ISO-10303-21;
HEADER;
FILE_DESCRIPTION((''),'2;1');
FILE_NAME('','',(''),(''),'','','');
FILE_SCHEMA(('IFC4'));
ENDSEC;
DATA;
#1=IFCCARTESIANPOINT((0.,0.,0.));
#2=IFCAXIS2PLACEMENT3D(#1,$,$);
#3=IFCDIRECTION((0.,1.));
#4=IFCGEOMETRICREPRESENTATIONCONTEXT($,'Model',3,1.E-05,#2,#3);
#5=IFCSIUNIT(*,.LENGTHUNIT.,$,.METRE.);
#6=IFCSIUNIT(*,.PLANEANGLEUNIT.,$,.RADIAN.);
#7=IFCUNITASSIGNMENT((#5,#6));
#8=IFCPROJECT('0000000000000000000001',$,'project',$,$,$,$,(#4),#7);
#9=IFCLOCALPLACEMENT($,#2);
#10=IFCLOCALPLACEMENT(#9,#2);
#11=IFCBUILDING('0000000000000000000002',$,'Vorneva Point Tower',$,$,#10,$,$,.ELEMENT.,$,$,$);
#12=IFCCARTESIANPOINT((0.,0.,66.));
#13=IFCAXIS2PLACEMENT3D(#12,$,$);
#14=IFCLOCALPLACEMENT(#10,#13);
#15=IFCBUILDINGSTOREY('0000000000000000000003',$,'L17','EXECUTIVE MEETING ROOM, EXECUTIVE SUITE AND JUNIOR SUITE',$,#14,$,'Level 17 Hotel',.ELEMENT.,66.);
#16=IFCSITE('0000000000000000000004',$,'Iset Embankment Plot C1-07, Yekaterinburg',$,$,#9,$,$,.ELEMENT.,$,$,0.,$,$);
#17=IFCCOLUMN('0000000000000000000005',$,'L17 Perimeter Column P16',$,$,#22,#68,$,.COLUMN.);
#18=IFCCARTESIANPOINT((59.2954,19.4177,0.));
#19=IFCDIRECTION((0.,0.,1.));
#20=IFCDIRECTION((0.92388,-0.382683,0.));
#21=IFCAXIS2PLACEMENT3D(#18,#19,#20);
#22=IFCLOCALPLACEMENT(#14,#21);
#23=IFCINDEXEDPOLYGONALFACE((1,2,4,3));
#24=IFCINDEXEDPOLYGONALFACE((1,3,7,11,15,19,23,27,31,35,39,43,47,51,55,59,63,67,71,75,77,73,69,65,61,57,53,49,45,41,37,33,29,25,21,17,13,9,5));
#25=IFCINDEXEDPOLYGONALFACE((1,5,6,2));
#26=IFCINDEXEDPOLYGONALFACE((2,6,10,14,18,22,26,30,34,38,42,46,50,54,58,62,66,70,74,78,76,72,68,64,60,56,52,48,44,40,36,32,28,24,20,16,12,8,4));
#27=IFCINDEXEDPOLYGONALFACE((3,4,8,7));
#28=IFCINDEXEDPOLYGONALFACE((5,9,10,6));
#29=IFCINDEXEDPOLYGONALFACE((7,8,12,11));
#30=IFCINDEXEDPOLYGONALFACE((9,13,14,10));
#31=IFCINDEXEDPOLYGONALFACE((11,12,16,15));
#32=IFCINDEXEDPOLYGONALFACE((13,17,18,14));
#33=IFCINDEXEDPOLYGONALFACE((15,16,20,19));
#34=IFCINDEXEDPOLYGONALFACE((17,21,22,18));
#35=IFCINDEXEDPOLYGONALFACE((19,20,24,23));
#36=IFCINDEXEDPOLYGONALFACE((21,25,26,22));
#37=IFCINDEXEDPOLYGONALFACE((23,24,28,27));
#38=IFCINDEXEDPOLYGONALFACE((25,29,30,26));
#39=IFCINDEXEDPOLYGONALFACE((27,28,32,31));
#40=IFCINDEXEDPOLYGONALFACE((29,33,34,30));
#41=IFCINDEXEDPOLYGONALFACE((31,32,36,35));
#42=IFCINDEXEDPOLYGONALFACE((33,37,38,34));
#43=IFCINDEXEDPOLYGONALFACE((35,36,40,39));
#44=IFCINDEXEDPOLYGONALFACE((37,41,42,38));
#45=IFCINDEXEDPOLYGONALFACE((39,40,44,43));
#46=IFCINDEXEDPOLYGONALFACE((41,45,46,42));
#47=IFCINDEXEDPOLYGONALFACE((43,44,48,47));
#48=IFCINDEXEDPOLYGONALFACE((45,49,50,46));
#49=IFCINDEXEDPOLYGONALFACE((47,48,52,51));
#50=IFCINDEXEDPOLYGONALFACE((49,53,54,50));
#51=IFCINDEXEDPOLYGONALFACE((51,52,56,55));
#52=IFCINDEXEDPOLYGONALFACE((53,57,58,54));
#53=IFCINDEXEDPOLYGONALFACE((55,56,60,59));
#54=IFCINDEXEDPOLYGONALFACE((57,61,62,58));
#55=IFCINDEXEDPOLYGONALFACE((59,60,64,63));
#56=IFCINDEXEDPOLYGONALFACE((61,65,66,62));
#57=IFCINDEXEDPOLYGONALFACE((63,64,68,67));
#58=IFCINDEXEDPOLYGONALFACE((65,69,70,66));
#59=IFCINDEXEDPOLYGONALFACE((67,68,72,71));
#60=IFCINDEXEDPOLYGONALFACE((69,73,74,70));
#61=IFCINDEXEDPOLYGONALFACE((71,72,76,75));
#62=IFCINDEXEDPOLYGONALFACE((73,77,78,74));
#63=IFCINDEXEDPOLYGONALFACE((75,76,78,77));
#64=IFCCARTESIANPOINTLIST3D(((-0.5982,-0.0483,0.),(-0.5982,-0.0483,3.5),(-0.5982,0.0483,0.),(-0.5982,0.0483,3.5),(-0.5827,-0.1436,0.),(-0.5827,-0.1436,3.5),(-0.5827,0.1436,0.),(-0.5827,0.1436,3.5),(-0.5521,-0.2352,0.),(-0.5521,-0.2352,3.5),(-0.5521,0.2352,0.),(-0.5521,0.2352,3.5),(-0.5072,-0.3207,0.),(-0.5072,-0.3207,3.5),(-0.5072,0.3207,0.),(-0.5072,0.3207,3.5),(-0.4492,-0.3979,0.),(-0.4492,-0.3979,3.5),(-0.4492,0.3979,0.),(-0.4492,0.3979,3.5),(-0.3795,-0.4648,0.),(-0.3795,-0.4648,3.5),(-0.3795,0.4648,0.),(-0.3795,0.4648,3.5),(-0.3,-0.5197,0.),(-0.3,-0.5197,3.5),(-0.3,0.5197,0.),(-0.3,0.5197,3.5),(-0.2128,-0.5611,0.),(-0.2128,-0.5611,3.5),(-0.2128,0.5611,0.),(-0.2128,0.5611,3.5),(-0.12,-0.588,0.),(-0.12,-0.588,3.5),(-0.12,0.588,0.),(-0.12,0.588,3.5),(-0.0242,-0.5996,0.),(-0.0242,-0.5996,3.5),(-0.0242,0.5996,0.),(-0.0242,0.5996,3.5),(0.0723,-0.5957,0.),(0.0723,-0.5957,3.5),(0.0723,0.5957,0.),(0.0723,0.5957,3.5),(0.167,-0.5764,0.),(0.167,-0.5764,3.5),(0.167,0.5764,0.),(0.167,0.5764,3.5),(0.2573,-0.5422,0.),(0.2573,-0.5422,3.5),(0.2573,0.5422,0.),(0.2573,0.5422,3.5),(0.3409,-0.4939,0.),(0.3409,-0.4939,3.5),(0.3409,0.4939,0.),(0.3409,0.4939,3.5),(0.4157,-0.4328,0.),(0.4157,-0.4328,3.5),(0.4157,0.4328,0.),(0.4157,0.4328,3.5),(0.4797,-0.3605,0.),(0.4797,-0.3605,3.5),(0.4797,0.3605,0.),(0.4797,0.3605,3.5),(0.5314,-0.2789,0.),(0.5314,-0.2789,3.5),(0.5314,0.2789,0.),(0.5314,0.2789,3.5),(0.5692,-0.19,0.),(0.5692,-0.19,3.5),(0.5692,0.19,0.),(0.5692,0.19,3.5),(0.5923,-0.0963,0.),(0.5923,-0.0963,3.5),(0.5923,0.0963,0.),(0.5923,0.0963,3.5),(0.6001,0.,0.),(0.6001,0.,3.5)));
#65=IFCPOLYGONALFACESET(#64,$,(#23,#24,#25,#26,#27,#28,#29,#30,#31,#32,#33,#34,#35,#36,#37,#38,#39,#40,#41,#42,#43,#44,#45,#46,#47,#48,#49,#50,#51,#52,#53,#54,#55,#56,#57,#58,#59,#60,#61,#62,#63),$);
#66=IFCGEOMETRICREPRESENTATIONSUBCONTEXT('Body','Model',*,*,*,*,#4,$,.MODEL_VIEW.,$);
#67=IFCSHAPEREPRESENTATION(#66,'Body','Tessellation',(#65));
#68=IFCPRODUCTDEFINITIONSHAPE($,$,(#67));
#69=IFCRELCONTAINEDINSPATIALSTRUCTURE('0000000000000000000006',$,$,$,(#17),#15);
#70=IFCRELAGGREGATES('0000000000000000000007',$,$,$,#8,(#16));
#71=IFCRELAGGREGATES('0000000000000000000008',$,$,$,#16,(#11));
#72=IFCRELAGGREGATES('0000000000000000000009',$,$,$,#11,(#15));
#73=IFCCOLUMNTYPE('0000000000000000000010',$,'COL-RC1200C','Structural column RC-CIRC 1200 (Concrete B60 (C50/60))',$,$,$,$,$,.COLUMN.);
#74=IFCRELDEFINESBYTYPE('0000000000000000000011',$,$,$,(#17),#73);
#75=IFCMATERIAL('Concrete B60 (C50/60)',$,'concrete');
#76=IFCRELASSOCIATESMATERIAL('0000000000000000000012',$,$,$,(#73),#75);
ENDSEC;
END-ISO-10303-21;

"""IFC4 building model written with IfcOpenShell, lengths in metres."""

from ifc_helpers import new_model, si_unit, direction, frame, origin, origin_2d, place, context, subcontext, project, spatial, circle, extrude, material, material_profile, profile_set, type_object, element, save


model = new_model("IFC4")

# Units and contexts
model_context = context("Model", 3, precision=1e-05, world=origin(), true_north=direction((0.0, 1.0)))
body_context = subcontext(model_context, "Body", "Model", "MODEL_VIEW")
ifc_project = project(units=[si_unit("LENGTHUNIT", "METRE"), si_unit("PLANEANGLEUNIT", "RADIAN")], contexts=[model_context])

# Site, building, storey
site_placement = place(None, origin())
site = spatial("IfcSite", under=ifc_project, at=site_placement, Name="Iset Embankment Plot C1-07, Yekaterinburg", CompositionType="ELEMENT", RefElevation=0.0)
building_placement = place(site_placement, origin())
building = spatial("IfcBuilding", under=site, at=building_placement, Name="Vorneva Point Tower", CompositionType="ELEMENT")
storey_placement = place(building_placement, frame((0.0, 0.0, 66.0)))
storey = spatial("IfcBuildingStorey", under=building, at=storey_placement, Name="L17", Description="EXECUTIVE MEETING ROOM, EXECUTIVE SUITE AND JUNIOR SUITE", LongName="Level 17 Hotel", CompositionType="ELEMENT", Elevation=66.0)

# Column
ifc_material_1 = material(Name="Concrete B60 (C50/60)", Category="concrete")
ifc_material_profile_1 = material_profile(ifc_material_1, circle(Radius=0.6001, at=origin_2d()), Name="RC-CIRC 1200")
ifc_profile_set_1 = profile_set([ifc_material_profile_1], Name="Concrete B60 (C50/60)")
column_type = type_object("IfcColumnType", Name="COL-RC1200C", Description="Structural column RC-CIRC 1200 (Concrete B60 (C50/60))", PredefinedType="COLUMN", material=ifc_profile_set_1)
for number, where, z_axis, x_axis, name in (
    (1, (59.2954, 19.4177, 0.0), (0.0, 0.0, 1.0), (0.92388, -0.382683, 0.0), "L17 Perimeter Column P16"),
):
    element("IfcColumn", number, at=place(storey_placement, frame(where, z_axis=z_axis, x_axis=x_axis)), inside=storey, type_object=column_type, Name=name, PredefinedType="COLUMN", context=body_context, shape_type="SweptSolid", body=[
        extrude(circle(Radius=0.6001, at=origin_2d()), origin(), (0.0, 0.0, 1.0), 3.5),
    ])

save(model, "model.ifc")
